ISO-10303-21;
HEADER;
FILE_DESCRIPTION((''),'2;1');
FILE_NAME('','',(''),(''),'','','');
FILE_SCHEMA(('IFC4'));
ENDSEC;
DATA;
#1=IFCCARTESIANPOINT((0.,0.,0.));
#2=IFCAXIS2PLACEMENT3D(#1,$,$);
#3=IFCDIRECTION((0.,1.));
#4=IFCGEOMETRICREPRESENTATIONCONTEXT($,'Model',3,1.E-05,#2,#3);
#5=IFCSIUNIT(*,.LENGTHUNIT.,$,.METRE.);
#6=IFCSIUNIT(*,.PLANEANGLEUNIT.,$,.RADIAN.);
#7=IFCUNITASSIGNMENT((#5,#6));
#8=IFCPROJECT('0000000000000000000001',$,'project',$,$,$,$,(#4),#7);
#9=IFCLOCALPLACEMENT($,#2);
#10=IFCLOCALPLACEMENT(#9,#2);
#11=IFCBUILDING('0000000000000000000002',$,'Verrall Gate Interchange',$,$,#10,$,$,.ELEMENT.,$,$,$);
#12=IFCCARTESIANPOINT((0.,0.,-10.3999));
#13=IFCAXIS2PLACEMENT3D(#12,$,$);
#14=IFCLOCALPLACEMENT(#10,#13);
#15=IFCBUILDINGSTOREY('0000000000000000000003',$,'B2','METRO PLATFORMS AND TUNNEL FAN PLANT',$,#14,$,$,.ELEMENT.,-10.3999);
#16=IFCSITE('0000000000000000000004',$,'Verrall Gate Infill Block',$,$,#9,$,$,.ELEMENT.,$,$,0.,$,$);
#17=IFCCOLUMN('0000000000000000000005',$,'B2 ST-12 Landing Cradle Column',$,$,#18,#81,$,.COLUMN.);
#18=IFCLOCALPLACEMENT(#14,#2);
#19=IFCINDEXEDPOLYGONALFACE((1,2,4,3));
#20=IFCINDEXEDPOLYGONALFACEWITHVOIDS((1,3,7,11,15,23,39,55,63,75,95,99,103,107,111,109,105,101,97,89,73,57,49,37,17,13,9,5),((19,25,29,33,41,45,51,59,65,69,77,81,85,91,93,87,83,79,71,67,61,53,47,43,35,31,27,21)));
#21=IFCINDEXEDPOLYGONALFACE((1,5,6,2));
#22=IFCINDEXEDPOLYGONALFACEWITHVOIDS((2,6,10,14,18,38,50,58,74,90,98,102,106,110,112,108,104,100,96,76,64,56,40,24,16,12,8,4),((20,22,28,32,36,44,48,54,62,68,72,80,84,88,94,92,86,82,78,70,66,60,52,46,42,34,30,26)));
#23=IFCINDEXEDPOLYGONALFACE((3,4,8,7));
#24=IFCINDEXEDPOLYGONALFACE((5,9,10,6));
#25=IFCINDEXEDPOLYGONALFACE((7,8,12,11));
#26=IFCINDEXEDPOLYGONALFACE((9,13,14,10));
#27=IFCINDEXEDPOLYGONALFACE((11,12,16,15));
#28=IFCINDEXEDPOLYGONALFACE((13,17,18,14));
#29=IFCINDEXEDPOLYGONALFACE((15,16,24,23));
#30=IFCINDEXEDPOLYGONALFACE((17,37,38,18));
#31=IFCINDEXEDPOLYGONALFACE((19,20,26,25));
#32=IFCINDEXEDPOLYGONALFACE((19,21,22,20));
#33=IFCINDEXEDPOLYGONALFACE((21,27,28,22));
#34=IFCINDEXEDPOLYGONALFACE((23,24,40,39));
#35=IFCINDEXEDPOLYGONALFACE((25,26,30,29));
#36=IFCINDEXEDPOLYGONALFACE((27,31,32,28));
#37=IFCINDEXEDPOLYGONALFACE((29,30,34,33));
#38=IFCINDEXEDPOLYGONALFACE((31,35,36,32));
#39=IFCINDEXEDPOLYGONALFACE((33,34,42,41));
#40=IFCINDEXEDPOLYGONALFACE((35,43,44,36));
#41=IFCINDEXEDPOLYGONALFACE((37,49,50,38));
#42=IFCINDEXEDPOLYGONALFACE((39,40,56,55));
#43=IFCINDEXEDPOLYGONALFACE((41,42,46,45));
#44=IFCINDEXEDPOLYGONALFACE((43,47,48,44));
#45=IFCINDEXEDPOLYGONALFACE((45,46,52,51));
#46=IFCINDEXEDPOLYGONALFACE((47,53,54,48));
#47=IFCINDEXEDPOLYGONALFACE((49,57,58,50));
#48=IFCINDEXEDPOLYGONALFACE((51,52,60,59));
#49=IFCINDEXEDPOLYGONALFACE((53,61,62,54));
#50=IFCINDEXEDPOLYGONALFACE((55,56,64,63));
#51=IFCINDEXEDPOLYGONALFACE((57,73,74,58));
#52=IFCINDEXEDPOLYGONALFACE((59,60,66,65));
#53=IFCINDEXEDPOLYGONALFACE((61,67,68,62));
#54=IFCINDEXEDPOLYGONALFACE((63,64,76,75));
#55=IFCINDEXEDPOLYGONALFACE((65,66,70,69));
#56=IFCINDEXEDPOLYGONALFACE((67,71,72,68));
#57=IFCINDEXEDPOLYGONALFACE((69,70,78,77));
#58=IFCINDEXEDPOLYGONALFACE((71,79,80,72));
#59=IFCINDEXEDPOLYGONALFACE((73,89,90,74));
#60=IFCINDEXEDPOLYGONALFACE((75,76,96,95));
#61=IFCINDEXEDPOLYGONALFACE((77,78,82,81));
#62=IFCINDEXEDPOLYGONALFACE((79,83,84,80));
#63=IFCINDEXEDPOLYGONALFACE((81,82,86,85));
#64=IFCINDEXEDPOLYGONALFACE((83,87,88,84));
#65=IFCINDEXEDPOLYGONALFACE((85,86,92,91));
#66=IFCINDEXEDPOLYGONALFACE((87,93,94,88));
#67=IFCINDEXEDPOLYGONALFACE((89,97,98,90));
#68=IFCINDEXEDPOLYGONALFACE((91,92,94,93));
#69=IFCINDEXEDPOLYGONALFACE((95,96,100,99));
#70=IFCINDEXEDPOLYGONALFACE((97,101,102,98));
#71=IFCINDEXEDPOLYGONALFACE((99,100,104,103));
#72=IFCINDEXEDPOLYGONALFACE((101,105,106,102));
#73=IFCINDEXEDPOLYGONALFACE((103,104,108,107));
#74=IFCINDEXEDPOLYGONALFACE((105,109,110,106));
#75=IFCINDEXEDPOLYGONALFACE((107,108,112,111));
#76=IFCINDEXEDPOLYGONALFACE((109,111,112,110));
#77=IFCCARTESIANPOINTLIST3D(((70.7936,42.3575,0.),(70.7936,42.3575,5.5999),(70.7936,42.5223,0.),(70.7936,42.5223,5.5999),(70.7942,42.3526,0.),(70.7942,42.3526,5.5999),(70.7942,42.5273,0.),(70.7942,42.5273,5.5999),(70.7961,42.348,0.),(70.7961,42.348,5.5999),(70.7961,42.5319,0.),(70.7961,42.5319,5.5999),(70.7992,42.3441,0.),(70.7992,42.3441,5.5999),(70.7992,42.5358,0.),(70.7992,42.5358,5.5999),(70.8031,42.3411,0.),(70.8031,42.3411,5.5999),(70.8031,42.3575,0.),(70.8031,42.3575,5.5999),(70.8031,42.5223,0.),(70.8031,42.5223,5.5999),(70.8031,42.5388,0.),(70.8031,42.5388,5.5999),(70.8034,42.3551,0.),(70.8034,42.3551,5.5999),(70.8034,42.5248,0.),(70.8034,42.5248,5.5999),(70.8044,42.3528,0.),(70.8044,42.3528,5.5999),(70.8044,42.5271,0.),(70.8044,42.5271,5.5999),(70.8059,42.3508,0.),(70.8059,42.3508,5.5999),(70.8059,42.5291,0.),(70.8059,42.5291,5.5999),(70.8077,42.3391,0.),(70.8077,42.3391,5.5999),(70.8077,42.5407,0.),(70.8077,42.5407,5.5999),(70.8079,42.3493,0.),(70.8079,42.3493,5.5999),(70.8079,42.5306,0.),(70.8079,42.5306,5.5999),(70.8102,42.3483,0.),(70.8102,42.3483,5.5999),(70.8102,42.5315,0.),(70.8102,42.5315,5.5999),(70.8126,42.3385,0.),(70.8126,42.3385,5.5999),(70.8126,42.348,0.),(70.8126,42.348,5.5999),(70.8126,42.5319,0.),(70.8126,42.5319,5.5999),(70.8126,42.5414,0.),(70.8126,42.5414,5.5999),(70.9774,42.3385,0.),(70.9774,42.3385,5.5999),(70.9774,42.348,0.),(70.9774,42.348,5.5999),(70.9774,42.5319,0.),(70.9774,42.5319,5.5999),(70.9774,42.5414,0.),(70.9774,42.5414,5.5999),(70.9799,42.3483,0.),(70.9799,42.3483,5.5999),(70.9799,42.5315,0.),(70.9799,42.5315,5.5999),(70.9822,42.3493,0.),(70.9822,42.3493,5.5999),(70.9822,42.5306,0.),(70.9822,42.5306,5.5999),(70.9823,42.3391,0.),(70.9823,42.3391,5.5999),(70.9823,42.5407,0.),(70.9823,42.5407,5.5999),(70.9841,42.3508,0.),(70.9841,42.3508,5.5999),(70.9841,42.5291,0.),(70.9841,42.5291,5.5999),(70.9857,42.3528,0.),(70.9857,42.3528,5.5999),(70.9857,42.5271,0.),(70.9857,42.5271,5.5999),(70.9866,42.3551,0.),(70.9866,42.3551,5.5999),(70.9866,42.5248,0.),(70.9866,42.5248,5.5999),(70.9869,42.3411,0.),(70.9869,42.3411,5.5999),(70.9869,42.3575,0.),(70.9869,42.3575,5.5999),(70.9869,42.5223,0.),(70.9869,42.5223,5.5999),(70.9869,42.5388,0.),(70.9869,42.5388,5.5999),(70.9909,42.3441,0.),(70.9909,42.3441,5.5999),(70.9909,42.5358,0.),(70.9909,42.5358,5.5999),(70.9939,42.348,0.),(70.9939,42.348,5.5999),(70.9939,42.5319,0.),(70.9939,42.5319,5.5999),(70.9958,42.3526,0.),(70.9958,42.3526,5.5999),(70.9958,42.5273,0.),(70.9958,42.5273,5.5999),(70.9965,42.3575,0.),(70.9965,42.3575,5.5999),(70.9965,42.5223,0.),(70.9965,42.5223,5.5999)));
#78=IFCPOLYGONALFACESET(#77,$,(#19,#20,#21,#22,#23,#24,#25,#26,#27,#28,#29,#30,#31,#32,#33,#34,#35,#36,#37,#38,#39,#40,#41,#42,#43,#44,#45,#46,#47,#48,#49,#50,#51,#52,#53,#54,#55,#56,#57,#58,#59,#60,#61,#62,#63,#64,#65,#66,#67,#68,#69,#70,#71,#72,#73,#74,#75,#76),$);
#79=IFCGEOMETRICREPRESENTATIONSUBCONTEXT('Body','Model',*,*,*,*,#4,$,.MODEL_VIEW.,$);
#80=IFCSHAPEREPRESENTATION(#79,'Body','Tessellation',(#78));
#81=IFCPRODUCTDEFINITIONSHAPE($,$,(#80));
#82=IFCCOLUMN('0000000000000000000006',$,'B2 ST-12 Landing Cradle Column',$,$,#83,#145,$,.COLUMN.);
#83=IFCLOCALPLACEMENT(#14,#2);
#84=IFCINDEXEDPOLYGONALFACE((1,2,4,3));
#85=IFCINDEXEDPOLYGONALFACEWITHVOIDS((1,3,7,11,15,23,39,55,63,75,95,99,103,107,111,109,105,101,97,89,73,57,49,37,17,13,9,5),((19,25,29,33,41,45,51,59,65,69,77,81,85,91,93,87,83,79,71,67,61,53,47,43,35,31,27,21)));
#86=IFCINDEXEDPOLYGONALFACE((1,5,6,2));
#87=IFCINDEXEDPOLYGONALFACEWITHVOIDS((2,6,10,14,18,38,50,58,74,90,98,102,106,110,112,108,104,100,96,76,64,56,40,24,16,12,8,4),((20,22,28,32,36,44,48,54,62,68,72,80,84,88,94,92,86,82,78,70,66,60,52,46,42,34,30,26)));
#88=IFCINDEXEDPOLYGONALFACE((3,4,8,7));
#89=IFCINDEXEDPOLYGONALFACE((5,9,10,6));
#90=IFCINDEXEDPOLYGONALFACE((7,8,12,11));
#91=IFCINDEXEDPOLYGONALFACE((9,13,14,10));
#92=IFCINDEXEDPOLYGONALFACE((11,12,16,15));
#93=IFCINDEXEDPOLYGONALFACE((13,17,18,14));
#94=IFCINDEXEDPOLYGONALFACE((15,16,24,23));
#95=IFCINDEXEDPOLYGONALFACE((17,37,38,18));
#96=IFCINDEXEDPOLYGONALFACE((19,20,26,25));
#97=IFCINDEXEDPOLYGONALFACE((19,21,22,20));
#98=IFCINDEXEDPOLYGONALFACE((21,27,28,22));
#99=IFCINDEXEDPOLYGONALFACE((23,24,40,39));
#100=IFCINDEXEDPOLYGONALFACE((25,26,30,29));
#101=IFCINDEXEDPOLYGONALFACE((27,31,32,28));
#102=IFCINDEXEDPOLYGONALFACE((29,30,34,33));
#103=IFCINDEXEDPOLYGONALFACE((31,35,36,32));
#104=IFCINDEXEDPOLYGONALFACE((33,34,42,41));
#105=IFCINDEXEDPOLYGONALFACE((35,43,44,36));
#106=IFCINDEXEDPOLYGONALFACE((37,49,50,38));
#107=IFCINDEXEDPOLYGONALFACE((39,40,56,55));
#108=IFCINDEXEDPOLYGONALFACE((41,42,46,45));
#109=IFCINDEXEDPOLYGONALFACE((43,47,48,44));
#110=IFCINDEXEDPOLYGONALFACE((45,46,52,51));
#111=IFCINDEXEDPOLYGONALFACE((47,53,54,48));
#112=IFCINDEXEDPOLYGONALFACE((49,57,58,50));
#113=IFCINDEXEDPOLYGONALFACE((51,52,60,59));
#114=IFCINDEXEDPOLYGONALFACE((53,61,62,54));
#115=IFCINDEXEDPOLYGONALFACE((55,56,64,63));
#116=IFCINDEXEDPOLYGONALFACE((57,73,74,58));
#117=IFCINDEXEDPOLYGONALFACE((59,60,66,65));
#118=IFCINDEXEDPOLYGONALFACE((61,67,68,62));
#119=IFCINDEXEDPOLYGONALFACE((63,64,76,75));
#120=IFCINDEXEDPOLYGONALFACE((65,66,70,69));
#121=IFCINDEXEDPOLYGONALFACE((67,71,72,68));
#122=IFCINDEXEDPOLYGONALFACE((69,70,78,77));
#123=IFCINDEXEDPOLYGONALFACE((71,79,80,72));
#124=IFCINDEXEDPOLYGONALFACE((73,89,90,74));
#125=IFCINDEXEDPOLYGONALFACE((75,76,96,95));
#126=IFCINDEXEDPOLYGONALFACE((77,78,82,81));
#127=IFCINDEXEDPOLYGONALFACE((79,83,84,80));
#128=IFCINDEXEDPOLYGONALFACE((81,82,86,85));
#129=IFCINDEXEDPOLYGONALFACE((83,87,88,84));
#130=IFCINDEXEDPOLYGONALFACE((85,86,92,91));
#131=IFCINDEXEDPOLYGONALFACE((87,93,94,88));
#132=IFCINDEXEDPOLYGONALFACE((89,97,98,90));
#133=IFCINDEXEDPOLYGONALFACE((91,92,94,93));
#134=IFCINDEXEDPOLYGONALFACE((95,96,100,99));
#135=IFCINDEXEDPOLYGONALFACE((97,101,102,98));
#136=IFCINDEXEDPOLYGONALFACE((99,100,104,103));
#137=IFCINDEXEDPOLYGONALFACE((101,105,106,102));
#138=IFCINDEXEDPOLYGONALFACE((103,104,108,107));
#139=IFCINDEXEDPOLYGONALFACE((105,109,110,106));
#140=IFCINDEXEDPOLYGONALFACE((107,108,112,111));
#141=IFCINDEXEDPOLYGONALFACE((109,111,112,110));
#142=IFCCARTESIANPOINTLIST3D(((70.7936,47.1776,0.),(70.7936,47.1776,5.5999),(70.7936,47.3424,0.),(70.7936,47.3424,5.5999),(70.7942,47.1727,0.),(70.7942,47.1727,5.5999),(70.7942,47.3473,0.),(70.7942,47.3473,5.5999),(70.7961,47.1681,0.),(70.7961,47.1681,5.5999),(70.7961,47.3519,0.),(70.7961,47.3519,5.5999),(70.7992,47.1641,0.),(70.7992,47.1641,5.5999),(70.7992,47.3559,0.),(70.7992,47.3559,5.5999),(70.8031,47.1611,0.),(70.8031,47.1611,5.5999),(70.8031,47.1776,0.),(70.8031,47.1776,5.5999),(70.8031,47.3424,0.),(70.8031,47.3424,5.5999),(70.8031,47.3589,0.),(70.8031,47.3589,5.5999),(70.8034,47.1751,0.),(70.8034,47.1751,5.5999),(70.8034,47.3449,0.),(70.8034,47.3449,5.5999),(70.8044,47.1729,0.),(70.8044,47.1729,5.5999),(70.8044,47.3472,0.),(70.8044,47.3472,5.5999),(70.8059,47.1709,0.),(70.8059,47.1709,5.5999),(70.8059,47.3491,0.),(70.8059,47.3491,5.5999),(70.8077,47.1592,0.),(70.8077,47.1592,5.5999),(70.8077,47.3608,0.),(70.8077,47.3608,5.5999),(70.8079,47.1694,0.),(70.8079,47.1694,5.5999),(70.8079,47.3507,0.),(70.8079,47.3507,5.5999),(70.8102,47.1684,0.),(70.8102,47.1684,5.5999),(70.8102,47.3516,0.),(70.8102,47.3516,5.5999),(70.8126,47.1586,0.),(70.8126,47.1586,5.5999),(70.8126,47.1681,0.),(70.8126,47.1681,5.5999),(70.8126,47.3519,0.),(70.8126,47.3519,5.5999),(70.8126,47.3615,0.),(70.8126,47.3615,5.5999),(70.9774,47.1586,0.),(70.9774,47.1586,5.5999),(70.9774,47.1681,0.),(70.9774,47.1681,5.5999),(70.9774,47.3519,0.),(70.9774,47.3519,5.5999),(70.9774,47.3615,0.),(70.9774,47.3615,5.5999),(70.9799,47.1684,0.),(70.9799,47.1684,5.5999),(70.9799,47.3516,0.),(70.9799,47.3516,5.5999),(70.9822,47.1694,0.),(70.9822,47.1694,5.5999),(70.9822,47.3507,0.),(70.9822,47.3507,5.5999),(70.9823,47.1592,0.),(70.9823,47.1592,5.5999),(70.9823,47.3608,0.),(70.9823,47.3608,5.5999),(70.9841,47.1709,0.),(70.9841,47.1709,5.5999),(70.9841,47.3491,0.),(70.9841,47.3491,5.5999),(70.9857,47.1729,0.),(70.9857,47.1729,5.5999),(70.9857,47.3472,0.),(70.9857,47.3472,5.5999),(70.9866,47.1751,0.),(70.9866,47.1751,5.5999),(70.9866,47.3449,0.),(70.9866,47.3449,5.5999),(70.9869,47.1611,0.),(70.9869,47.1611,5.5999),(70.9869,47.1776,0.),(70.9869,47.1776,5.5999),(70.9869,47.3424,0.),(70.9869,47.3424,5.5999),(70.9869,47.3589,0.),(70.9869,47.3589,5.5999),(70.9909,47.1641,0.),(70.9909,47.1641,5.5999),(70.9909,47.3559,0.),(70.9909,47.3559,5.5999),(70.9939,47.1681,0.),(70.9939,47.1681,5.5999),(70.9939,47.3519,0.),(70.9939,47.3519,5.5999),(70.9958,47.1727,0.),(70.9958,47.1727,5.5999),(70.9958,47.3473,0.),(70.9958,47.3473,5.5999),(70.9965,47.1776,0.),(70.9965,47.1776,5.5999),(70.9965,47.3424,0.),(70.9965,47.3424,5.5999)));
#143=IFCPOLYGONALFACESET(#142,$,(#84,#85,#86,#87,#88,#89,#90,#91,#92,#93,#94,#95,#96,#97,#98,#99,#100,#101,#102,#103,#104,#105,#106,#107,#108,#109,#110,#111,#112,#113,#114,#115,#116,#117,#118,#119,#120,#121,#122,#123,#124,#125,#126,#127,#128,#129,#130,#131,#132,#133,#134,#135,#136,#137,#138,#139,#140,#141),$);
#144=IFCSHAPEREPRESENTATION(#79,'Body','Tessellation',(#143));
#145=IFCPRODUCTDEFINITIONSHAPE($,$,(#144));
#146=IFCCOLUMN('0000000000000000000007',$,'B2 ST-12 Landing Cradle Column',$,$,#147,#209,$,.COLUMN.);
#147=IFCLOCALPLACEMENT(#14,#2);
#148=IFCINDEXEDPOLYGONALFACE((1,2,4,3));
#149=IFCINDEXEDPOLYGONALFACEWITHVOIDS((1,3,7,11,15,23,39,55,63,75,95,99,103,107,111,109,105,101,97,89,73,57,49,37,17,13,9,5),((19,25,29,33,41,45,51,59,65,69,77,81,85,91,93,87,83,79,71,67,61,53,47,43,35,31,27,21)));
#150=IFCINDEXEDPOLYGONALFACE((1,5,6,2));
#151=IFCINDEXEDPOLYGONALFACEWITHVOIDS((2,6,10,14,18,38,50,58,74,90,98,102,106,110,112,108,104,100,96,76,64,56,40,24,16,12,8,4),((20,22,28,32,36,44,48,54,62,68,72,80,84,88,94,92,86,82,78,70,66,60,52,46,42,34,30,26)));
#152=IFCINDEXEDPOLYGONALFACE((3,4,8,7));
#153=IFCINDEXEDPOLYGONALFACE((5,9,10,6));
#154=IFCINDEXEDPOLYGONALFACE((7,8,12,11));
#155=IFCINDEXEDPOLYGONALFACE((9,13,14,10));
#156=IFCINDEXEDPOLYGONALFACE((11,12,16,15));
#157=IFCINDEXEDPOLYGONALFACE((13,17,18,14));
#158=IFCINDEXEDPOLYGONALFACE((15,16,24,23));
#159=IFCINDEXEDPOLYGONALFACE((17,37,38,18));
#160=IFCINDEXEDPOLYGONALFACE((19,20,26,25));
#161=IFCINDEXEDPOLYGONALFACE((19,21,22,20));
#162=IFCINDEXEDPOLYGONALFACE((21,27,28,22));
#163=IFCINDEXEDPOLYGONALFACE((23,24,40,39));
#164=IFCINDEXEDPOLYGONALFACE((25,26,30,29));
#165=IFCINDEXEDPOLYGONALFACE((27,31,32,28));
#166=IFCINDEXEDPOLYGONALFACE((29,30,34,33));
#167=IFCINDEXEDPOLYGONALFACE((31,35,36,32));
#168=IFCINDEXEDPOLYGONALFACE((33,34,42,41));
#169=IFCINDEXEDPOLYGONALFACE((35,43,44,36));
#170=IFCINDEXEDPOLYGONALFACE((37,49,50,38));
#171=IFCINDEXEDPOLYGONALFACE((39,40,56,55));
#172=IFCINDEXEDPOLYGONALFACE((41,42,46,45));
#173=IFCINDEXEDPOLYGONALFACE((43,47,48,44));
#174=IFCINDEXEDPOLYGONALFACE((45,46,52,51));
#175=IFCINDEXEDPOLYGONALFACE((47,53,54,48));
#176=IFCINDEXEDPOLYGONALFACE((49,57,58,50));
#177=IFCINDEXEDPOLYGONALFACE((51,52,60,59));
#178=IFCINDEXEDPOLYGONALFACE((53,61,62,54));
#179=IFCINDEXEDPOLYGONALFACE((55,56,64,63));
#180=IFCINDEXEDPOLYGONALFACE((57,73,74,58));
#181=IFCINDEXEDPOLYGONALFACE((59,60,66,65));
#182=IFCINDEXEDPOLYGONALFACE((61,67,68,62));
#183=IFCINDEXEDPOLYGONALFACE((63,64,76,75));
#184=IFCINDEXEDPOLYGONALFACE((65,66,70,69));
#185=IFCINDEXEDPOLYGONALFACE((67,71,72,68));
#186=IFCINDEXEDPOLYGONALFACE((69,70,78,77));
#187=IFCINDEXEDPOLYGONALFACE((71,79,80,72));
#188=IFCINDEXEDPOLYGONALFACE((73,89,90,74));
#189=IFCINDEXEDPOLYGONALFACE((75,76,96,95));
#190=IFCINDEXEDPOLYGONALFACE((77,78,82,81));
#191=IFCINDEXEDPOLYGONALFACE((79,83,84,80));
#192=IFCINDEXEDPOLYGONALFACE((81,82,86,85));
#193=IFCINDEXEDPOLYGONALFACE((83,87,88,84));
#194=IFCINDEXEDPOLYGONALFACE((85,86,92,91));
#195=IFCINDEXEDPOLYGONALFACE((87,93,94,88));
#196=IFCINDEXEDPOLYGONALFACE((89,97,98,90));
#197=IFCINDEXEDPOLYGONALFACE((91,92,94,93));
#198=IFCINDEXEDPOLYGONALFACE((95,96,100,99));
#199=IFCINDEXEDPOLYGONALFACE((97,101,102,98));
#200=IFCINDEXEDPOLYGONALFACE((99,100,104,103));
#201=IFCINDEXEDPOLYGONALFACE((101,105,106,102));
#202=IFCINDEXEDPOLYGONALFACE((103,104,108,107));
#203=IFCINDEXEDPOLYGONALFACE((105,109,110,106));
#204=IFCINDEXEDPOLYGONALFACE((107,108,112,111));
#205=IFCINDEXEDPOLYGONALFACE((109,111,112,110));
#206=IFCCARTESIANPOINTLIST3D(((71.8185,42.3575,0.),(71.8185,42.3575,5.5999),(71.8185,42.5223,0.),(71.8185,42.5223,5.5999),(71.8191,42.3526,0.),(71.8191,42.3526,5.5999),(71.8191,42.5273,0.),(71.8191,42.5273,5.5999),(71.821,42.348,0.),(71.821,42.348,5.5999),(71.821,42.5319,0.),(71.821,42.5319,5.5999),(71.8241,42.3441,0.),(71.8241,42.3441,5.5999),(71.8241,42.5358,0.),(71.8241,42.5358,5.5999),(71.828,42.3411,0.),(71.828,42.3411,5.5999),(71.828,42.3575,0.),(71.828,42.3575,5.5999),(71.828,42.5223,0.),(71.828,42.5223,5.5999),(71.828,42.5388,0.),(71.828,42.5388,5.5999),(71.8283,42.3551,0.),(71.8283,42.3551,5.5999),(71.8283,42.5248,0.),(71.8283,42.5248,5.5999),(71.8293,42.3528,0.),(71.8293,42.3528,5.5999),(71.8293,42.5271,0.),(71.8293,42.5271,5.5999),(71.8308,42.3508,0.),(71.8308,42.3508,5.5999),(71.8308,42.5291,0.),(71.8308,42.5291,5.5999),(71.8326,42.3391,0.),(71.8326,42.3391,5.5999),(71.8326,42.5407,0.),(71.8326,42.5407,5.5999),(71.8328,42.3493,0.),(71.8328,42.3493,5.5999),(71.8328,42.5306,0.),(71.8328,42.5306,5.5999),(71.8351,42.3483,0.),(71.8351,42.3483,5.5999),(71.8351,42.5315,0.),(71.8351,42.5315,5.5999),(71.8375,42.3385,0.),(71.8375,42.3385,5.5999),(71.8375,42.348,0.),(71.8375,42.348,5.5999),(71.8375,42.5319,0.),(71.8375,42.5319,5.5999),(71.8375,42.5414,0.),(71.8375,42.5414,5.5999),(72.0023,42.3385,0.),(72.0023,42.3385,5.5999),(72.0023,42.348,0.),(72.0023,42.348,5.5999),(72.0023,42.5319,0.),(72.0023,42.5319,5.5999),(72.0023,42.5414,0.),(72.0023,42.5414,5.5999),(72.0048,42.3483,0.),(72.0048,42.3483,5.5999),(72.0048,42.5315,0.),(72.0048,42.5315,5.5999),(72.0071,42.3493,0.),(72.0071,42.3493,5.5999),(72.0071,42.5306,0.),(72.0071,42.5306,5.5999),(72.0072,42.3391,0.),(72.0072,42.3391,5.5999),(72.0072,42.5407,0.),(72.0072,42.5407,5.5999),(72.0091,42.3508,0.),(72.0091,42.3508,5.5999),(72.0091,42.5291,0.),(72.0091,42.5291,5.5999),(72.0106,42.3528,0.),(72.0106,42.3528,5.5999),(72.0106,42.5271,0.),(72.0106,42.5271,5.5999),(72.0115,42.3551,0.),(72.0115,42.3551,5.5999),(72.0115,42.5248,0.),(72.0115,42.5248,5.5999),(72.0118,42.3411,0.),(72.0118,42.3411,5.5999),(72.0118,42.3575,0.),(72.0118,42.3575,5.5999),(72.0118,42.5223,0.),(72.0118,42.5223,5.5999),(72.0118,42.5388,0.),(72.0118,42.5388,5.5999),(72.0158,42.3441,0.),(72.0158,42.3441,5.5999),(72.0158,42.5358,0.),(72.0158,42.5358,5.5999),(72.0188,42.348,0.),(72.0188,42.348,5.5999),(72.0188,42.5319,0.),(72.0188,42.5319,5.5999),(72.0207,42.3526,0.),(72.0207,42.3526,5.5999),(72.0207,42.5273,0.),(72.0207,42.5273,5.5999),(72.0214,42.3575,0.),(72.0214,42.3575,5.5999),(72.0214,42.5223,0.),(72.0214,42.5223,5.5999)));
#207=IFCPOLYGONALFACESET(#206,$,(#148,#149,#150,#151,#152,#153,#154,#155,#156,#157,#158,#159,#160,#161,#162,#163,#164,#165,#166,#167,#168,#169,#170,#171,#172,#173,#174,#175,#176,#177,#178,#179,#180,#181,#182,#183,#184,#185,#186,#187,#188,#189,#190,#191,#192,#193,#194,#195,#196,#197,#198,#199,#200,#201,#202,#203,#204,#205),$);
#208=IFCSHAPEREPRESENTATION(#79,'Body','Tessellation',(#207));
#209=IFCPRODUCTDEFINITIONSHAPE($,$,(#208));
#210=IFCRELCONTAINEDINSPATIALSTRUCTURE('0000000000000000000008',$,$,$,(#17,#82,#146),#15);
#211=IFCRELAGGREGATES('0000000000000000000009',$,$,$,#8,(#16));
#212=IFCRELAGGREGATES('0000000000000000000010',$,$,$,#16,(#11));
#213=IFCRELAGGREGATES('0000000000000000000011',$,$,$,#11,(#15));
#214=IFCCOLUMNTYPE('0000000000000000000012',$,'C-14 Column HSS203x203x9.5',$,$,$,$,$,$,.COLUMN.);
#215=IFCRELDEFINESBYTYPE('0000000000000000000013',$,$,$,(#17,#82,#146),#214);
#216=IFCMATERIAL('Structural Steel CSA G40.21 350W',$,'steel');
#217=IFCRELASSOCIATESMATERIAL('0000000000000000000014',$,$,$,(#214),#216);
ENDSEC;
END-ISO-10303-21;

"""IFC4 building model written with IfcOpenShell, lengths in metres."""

from ifc_helpers import new_model, si_unit, direction, frame, origin, origin_2d, place, context, subcontext, project, spatial, hollow_rectangle, extrude, material, material_profile, profile_set, type_object, element, save


model = new_model("IFC4")

# Units and contexts
model_context = context("Model", 3, precision=1e-05, world=origin(), true_north=direction((0.0, 1.0)))
body_context = subcontext(model_context, "Body", "Model", "MODEL_VIEW")
ifc_project = project(units=[si_unit("LENGTHUNIT", "METRE"), si_unit("PLANEANGLEUNIT", "RADIAN")], contexts=[model_context])

# Site, building, storey
site_placement = place(None, origin())
site = spatial("IfcSite", under=ifc_project, at=site_placement, Name="Verrall Gate Infill Block", CompositionType="ELEMENT", RefElevation=0.0)
building_placement = place(site_placement, origin())
building = spatial("IfcBuilding", under=site, at=building_placement, Name="Verrall Gate Interchange", CompositionType="ELEMENT")
storey_placement = place(building_placement, frame((0.0, 0.0, -10.3999)))
storey = spatial("IfcBuildingStorey", under=building, at=storey_placement, Name="B2", Description="METRO PLATFORMS AND TUNNEL FAN PLANT", CompositionType="ELEMENT", Elevation=-10.3999)

# Columns
ifc_material_1 = material(Name="Structural Steel CSA G40.21 350W", Category="steel")
ifc_material_profile_1 = material_profile(ifc_material_1, hollow_rectangle(XDim=0.2029, YDim=0.2029, WallThickness=0.0095, InnerFilletRadius=0.0095, OuterFilletRadius=0.019, at=origin_2d()), Name="HSS203x203x9.5")
ifc_profile_set_1 = profile_set([ifc_material_profile_1], Name="Structural Steel CSA G40.21 350W")
column_type_1 = type_object("IfcColumnType", Name="C-14 Column HSS203x203x9.5", PredefinedType="COLUMN", material=ifc_profile_set_1)
for number, where, z_axis, x_axis, name in (
    (1, (70.895, 42.4399, 0.0), (0.0, 0.0, 1.0), (1.0, 0.0, 0.0), "B2 ST-12 Landing Cradle Column"),
    (2, (70.895, 47.26, 0.0), (0.0, 0.0, 1.0), (1.0, 0.0, 0.0), "B2 ST-12 Landing Cradle Column"),
    (3, (71.9199, 42.4399, 0.0), (0.0, 0.0, 1.0), (1.0, 0.0, 0.0), "B2 ST-12 Landing Cradle Column"),
):
    element("IfcColumn", number, at=place(storey_placement, frame(where, z_axis=z_axis, x_axis=x_axis)), inside=storey, type_object=column_type_1, Name=name, PredefinedType="COLUMN", context=body_context, shape_type="SweptSolid", body=[
        extrude(hollow_rectangle(XDim=0.2029, YDim=0.2029, WallThickness=0.0095, InnerFilletRadius=0.0095, OuterFilletRadius=0.019, at=origin_2d()), origin(), (0.0, 0.0, 1.0), 5.5999),
    ])

save(model, "model.ifc")
